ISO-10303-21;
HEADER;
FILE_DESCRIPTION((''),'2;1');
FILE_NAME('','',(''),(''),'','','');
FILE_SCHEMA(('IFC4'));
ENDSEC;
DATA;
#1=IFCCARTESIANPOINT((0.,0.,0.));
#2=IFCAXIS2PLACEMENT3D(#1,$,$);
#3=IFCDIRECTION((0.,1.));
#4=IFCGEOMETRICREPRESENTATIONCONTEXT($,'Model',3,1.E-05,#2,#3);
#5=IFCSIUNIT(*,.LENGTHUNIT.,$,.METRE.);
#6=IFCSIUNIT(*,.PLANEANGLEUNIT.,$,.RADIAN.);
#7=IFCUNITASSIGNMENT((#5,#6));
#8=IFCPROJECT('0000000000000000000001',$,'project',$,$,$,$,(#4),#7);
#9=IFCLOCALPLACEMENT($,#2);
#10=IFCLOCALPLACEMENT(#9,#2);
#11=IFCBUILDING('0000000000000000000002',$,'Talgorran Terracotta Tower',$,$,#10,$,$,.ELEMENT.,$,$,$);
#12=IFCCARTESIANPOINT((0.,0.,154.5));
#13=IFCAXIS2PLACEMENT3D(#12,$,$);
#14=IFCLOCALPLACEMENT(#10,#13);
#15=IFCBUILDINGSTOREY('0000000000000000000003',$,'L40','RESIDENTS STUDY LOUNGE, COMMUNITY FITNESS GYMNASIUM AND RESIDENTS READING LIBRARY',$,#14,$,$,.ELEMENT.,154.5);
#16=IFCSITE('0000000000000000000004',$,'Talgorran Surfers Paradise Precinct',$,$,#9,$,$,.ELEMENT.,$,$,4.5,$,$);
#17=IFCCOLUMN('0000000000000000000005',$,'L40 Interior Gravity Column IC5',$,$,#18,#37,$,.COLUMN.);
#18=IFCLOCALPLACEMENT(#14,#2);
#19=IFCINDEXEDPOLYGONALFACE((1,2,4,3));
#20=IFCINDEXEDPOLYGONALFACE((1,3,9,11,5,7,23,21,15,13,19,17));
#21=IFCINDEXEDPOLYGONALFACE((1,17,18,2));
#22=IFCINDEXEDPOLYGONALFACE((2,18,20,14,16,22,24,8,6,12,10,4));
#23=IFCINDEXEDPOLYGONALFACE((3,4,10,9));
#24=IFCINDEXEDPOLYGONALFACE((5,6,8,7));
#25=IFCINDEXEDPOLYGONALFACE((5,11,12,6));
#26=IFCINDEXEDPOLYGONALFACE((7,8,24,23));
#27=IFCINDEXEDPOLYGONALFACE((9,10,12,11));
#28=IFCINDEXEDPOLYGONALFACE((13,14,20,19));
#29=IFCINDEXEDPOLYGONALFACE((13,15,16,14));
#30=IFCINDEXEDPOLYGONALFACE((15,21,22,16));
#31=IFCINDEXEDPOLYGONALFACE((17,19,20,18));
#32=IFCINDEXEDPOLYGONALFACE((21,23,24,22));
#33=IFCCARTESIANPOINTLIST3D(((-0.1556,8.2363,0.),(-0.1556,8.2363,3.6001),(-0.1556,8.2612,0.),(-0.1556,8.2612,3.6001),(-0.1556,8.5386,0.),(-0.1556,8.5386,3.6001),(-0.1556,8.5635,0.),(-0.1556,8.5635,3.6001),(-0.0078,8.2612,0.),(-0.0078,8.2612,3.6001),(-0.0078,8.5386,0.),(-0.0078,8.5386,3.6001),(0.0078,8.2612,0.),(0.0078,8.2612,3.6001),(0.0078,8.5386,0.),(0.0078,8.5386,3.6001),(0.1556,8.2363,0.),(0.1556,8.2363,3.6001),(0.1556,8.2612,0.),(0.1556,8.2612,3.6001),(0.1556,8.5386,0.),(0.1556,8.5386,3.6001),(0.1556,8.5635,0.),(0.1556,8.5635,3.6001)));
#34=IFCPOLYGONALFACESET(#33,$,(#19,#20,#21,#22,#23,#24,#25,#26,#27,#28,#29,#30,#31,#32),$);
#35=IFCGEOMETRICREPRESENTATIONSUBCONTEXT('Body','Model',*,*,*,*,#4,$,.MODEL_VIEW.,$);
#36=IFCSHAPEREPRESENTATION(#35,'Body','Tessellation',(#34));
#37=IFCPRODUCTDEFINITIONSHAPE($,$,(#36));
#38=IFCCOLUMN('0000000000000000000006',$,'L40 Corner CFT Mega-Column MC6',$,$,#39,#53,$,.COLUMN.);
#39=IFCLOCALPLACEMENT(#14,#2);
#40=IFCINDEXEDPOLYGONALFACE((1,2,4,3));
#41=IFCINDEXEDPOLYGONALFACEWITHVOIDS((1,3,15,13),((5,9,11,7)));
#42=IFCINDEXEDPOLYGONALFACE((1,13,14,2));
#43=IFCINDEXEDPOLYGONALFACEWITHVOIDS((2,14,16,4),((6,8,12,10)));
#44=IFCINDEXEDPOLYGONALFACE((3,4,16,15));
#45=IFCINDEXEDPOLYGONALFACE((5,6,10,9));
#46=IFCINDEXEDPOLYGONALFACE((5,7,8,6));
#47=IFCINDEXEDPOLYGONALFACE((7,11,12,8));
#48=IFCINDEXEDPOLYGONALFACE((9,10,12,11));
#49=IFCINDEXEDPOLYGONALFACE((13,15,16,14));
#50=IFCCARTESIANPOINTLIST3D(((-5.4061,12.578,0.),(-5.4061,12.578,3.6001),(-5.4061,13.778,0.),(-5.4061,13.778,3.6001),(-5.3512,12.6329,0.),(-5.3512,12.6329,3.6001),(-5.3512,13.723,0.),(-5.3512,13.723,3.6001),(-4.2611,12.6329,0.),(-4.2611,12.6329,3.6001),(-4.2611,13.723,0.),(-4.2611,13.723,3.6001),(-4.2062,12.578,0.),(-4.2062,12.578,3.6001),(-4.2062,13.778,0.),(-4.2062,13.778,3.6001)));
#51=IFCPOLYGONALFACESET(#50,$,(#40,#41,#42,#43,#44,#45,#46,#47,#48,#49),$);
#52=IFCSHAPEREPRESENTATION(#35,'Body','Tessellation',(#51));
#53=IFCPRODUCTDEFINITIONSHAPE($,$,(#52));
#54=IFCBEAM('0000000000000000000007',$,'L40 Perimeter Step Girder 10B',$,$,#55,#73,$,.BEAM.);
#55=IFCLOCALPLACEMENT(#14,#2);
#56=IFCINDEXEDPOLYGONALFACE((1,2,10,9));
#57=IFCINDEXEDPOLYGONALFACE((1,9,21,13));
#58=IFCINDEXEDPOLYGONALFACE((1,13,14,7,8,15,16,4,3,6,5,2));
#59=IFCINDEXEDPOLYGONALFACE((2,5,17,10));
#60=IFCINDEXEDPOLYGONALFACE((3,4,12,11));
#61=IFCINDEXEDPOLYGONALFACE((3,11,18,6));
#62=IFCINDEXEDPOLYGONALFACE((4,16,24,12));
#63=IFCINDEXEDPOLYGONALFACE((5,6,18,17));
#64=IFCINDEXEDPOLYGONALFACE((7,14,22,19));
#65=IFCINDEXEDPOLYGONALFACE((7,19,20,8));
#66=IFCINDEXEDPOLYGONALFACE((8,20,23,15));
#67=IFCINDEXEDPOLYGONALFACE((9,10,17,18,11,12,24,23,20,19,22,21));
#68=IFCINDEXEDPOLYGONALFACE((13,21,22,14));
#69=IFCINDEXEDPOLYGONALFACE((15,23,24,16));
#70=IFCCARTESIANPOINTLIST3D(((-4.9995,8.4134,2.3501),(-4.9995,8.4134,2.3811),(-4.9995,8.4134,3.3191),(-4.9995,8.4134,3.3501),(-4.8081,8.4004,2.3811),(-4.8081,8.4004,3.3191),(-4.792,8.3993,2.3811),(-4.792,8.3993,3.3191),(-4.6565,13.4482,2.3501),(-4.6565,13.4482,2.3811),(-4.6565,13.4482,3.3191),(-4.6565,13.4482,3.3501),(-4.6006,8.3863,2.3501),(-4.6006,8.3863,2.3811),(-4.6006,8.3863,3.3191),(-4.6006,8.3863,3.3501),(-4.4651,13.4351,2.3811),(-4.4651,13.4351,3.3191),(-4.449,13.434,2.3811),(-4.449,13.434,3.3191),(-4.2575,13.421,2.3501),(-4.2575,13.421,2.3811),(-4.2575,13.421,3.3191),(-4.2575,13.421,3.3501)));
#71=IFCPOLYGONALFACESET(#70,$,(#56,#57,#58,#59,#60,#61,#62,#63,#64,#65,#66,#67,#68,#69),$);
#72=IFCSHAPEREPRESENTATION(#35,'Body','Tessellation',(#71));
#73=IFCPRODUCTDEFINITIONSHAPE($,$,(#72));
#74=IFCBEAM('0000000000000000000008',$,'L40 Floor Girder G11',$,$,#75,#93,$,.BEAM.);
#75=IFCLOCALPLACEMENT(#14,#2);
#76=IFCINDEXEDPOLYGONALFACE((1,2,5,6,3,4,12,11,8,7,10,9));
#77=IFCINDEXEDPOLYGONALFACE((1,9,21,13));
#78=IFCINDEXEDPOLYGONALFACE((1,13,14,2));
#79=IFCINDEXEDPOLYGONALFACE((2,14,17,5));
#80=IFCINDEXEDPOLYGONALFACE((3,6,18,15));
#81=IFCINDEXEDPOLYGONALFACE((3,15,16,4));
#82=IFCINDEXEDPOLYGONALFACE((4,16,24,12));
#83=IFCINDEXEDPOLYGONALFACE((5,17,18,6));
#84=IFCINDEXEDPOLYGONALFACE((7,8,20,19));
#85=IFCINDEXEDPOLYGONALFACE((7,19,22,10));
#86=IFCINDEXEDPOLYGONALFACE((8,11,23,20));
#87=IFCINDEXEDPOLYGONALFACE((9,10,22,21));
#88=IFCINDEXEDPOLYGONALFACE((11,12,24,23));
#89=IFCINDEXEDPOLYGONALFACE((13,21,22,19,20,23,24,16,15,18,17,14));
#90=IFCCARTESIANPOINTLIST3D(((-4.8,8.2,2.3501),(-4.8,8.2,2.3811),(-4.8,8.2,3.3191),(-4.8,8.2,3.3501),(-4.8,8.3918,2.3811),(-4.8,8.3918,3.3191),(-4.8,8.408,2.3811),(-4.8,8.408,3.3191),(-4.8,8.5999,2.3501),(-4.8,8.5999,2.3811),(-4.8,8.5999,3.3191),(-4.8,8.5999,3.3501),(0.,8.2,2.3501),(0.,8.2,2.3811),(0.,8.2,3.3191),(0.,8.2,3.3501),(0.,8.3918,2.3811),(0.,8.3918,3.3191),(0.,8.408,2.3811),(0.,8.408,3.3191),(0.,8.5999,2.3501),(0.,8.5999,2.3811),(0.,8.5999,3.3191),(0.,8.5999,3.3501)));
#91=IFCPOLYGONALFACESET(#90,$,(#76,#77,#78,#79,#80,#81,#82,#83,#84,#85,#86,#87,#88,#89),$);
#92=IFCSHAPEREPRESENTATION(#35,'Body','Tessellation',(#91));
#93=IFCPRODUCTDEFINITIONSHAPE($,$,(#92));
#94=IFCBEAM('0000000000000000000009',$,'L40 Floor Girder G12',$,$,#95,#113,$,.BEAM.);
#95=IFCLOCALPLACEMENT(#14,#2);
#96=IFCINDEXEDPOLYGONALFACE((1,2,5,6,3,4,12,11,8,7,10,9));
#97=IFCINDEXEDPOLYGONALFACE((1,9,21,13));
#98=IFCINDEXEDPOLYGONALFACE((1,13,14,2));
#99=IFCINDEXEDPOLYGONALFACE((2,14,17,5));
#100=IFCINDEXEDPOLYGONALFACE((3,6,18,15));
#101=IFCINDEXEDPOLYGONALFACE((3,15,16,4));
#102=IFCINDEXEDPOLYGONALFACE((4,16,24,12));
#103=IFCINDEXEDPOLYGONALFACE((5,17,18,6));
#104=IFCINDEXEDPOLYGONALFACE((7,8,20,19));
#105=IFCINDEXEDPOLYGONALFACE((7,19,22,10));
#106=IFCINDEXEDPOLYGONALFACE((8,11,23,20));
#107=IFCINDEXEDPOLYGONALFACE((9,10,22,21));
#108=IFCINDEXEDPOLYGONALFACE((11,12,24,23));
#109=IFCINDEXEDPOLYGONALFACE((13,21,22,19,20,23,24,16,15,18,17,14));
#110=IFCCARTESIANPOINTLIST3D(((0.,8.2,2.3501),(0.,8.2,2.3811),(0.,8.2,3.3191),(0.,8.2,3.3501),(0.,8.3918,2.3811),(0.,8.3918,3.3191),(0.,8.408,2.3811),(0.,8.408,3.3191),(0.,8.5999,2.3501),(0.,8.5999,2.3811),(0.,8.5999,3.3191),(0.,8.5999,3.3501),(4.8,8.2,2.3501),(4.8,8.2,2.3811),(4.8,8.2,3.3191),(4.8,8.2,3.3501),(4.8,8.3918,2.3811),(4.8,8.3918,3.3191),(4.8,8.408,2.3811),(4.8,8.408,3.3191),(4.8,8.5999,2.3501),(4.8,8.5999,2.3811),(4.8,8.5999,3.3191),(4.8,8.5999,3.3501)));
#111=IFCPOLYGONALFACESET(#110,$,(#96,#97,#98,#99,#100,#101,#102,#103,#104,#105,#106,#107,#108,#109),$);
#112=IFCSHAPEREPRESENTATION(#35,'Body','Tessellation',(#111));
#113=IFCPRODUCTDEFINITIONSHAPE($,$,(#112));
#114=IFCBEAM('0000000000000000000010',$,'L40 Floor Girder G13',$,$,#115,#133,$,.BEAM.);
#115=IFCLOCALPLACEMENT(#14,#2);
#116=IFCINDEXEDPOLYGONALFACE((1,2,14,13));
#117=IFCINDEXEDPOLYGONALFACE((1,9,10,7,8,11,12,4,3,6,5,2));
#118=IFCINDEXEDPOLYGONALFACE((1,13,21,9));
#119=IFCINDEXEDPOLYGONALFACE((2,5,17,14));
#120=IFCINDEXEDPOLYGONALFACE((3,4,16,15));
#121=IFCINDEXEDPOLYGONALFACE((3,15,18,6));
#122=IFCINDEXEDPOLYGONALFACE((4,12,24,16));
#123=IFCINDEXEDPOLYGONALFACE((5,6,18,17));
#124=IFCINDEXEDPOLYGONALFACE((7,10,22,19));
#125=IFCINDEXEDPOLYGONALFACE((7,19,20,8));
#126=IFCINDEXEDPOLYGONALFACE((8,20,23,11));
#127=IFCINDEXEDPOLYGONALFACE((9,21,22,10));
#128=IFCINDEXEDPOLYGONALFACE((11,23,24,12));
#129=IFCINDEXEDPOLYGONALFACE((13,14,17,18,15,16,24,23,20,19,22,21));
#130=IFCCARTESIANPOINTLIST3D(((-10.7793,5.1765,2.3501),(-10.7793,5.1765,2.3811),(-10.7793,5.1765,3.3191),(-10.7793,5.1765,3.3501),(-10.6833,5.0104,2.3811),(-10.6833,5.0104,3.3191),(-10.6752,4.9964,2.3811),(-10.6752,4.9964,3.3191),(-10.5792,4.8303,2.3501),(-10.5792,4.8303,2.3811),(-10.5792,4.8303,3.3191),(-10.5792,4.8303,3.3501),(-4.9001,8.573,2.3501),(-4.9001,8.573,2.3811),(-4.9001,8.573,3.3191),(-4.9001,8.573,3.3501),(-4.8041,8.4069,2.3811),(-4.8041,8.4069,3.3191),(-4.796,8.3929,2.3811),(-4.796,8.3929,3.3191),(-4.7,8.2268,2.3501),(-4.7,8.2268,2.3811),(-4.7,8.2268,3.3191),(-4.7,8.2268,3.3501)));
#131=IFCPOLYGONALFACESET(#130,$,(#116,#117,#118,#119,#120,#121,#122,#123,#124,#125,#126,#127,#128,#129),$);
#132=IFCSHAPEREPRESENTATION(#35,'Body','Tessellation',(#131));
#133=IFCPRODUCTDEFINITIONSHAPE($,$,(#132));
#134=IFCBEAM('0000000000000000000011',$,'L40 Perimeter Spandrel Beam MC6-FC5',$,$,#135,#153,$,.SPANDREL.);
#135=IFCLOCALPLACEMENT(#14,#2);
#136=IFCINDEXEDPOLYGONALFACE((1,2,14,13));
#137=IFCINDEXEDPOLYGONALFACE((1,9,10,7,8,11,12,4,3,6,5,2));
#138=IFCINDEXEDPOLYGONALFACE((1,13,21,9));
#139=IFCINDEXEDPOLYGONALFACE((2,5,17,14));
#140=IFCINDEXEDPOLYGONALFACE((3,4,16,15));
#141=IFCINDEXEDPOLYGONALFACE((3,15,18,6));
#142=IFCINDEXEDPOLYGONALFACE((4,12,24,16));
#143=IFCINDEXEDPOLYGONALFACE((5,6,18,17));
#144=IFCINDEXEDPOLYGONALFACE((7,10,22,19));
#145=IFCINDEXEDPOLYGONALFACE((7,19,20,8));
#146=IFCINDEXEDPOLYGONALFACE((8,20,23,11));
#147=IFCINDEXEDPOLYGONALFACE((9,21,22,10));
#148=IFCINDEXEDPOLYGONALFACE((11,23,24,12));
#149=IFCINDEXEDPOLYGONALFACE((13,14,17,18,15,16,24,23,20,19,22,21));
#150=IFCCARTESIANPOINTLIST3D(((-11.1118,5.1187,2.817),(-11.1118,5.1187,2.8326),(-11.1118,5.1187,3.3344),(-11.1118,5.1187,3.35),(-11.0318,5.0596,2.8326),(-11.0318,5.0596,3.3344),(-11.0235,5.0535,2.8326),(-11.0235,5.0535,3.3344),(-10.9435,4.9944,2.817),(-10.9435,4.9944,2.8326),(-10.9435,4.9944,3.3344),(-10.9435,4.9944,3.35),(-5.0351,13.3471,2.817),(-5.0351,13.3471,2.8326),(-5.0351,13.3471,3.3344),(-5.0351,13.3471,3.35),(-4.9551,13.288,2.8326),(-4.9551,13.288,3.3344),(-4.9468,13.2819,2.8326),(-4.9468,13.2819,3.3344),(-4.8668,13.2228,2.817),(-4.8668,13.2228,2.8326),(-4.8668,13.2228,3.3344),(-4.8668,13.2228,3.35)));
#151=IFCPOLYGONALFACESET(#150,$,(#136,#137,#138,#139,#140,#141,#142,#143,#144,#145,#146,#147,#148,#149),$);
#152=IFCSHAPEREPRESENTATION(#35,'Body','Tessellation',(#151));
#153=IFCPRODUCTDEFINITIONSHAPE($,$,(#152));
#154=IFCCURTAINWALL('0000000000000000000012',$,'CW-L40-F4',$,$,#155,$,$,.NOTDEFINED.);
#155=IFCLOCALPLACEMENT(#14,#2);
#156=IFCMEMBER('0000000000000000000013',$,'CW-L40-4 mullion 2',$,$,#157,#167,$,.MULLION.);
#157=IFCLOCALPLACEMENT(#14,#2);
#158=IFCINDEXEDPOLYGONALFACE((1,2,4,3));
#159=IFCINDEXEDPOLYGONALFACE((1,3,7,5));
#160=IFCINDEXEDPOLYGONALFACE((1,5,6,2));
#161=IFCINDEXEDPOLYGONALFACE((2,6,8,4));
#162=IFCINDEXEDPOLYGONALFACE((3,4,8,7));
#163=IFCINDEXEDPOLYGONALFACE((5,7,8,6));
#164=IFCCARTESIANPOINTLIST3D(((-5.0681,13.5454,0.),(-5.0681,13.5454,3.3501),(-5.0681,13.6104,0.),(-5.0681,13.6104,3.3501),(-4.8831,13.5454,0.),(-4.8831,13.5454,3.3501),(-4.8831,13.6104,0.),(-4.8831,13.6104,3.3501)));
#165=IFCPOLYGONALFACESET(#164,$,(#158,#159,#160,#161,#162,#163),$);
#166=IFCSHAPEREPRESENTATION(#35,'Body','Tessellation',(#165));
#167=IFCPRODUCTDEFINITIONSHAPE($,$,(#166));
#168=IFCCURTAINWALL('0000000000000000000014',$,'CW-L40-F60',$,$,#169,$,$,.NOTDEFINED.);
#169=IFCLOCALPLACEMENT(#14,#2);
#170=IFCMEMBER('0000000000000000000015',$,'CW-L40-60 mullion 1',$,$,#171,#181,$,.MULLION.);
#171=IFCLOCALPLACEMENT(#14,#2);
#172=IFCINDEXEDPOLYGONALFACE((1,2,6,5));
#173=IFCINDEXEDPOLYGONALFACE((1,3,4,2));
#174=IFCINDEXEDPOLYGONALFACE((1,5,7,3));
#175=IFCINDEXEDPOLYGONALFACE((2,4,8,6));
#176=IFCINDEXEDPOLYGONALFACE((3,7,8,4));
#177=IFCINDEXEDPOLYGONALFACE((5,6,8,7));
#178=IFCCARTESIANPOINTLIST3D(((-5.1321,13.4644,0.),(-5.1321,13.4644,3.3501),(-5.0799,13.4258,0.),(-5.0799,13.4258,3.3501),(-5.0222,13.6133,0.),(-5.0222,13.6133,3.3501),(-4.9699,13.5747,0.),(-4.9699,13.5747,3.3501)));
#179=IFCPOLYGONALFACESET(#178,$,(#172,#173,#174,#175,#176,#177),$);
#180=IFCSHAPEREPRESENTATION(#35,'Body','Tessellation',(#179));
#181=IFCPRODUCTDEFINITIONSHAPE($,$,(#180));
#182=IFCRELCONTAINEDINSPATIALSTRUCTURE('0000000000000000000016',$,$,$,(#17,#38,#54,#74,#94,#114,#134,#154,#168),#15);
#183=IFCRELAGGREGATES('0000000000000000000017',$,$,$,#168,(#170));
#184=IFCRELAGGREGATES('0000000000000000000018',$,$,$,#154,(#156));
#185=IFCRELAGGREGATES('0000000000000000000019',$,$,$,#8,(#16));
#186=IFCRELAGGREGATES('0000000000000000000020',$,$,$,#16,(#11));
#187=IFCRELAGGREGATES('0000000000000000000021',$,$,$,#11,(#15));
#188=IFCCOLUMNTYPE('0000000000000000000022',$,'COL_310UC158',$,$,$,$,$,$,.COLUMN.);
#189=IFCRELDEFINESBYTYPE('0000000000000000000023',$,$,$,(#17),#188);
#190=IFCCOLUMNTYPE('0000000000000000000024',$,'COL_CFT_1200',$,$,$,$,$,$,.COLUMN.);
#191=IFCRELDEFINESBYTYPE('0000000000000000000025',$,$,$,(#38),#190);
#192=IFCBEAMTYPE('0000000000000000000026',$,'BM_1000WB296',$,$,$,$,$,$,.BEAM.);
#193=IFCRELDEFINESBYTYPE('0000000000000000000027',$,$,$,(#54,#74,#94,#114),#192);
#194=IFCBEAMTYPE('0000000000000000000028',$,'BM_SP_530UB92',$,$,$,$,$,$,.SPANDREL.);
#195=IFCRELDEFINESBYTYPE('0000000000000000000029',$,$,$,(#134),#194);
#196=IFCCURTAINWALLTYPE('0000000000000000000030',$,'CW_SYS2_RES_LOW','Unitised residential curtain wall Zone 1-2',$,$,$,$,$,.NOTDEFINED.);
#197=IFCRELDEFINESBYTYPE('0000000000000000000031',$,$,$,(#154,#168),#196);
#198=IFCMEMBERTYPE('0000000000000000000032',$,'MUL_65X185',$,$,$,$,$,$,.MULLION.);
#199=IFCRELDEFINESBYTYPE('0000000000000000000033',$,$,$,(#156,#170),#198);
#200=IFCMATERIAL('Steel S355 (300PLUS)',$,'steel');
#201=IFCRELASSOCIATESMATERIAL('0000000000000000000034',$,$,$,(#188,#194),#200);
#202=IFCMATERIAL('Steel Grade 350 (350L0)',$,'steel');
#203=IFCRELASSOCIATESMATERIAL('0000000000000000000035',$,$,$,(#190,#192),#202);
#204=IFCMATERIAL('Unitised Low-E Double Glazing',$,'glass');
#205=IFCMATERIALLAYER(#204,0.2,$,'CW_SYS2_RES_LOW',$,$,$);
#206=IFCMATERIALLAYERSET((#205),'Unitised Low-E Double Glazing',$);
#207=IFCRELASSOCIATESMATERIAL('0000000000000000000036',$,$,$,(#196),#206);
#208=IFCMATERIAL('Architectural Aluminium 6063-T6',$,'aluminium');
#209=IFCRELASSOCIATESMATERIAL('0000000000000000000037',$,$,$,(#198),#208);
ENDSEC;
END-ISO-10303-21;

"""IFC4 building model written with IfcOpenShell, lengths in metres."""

from ifc_helpers import new_model, si_unit, direction, frame, origin, origin_2d, place, context, subcontext, project, spatial, rectangle, hollow_rectangle, i_section, extrude, material, layer, layer_set, material_profile, profile_set, type_object, element, aggregate, save


model = new_model("IFC4")

# Units and contexts
model_context = context("Model", 3, precision=1e-05, world=origin(), true_north=direction((0.0, 1.0)))
body_context = subcontext(model_context, "Body", "Model", "MODEL_VIEW")
ifc_project = project(units=[si_unit("LENGTHUNIT", "METRE"), si_unit("PLANEANGLEUNIT", "RADIAN")], contexts=[model_context])

# Site, building, storey
site_placement = place(None, origin())
site = spatial("IfcSite", under=ifc_project, at=site_placement, Name="Talgorran Surfers Paradise Precinct", CompositionType="ELEMENT", RefElevation=4.5)
building_placement = place(site_placement, origin())
building = spatial("IfcBuilding", under=site, at=building_placement, Name="Talgorran Terracotta Tower", CompositionType="ELEMENT")
storey_placement = place(building_placement, frame((0.0, 0.0, 154.5)))
storey = spatial("IfcBuildingStorey", under=building, at=storey_placement, Name="L40", Description="RESIDENTS STUDY LOUNGE, COMMUNITY FITNESS GYMNASIUM AND RESIDENTS READING LIBRARY", CompositionType="ELEMENT", Elevation=154.5)

# Columns
ifc_material_1 = material(Name="Steel S355 (300PLUS)", Category="steel")
ifc_material_profile_1 = material_profile(ifc_material_1, i_section(OverallWidth=0.3113, OverallDepth=0.3271, WebThickness=0.0156, FlangeThickness=0.0249, at=origin_2d()), Name="310UC158")
ifc_profile_set_1 = profile_set([ifc_material_profile_1], Name="Steel S355 (300PLUS)")
column_type_1 = type_object("IfcColumnType", Name="COL_310UC158", PredefinedType="COLUMN", material=ifc_profile_set_1)
column_1_placement = place(storey_placement, frame((0.0, 8.3999, 0.0), z_axis=(0.0, 0.0, 1.0), x_axis=(1.0, 0.0, 0.0)))
element("IfcColumn", 1, at=column_1_placement, inside=storey, type_object=column_type_1, Name="L40 Interior Gravity Column IC5", PredefinedType="COLUMN", context=body_context, shape_type="SweptSolid", body=[
    extrude(i_section(OverallWidth=0.3113, OverallDepth=0.3271, WebThickness=0.0156, FlangeThickness=0.0249, at=origin_2d()), origin(), (0.0, 0.0, 1.0), 3.6001),
])
ifc_material_2 = material(Name="Steel Grade 350 (350L0)", Category="steel")
ifc_material_profile_2 = material_profile(ifc_material_2, hollow_rectangle(XDim=1.2, YDim=1.2, WallThickness=0.0549, at=origin_2d()), Name="CFT1200X1200X55")
ifc_profile_set_2 = profile_set([ifc_material_profile_2], Name="Steel Grade 350 (350L0)")
column_type_2 = type_object("IfcColumnType", Name="COL_CFT_1200", PredefinedType="COLUMN", material=ifc_profile_set_2)
column_2_placement = place(storey_placement, frame((-4.8062, 13.178, 0.0), z_axis=(0.0, 0.0, 1.0), x_axis=(1.0, 0.0, 0.0)))
element("IfcColumn", 2, at=column_2_placement, inside=storey, type_object=column_type_2, Name="L40 Corner CFT Mega-Column MC6", PredefinedType="COLUMN", context=body_context, shape_type="SweptSolid", body=[
    extrude(hollow_rectangle(XDim=1.2, YDim=1.2, WallThickness=0.0549, at=origin_2d()), origin(), (0.0, 0.0, 1.0), 3.6001),
])

# Beams
ifc_material_profile_3 = material_profile(ifc_material_2, i_section(OverallWidth=0.3999, OverallDepth=1.0, WebThickness=0.0161, FlangeThickness=0.031, at=origin_2d()), Name="1000WB296")
ifc_profile_set_3 = profile_set([ifc_material_profile_3], Name="Steel Grade 350 (350L0)")
beam_type_1 = type_object("IfcBeamType", Name="BM_1000WB296", PredefinedType="BEAM", material=ifc_profile_set_3)
beam_1_placement = place(storey_placement, frame((-4.457, 13.4346, 2.8501), z_axis=(-0.067974, -0.997687, 0.0), x_axis=(0.997687, -0.067974, 0.0)))
element("IfcBeam", 3, at=beam_1_placement, inside=storey, type_object=beam_type_1, Name="L40 Perimeter Step Girder 10B", PredefinedType="BEAM", context=body_context, shape_type="SweptSolid", body=[
    extrude(i_section(OverallWidth=0.3999, OverallDepth=1.0, WebThickness=0.0161, FlangeThickness=0.031, at=origin_2d()), origin(), (0.0, 0.0, 1.0), 5.0464),
])
for number, where, z_axis, x_axis, name in (
    (4, (-4.8, 8.3999, 2.8501), (1.0, 0.0, 0.0), (0.0, 1.0, 0.0), "L40 Floor Girder G11"),
    (5, (0.0, 8.3999, 2.8501), (1.0, 0.0, 0.0), (0.0, 1.0, 0.0), "L40 Floor Girder G12"),
):
    element("IfcBeam", number, at=place(storey_placement, frame(where, z_axis=z_axis, x_axis=x_axis)), inside=storey, type_object=beam_type_1, Name=name, PredefinedType="BEAM", context=body_context, shape_type="SweptSolid", body=[
        extrude(i_section(OverallWidth=0.3999, OverallDepth=1.0, WebThickness=0.0161, FlangeThickness=0.031, at=origin_2d()), origin(), (0.0, 0.0, 1.0), 4.8),
    ])
beam_2_placement = place(storey_placement, frame((-4.8, 8.3999, 2.8501), z_axis=(-0.865888, -0.500238, 0.0), x_axis=(0.500238, -0.865888, 0.0)))
element("IfcBeam", 6, at=beam_2_placement, inside=storey, type_object=beam_type_1, Name="L40 Floor Girder G13", PredefinedType="BEAM", context=body_context, shape_type="SweptSolid", body=[
    extrude(i_section(OverallWidth=0.3999, OverallDepth=1.0, WebThickness=0.0161, FlangeThickness=0.031, at=origin_2d()), origin(), (0.0, 0.0, 1.0), 6.7898),
])
ifc_material_profile_4 = material_profile(ifc_material_1, i_section(OverallWidth=0.2092, OverallDepth=0.533, WebThickness=0.0103, FlangeThickness=0.0156, at=origin_2d()), Name="530UB92.4")
ifc_profile_set_4 = profile_set([ifc_material_profile_4], Name="Steel S355 (300PLUS)")
beam_type_2 = type_object("IfcBeamType", Name="BM_SP_530UB92", PredefinedType="SPANDREL", material=ifc_profile_set_4)
beam_3_placement = place(storey_placement, frame((-4.9509, 13.2849, 3.0835), z_axis=(-0.594068, -0.804415, 0.0), x_axis=(0.804415, -0.594068, 0.0)))
element("IfcBeam", 7, at=beam_3_placement, inside=storey, type_object=beam_type_2, Name="L40 Perimeter Spandrel Beam MC6-FC5", PredefinedType="SPANDREL", context=body_context, shape_type="SweptSolid", body=[
    extrude(i_section(OverallWidth=0.2092, OverallDepth=0.533, WebThickness=0.0103, FlangeThickness=0.0156, at=origin_2d()), origin(), (0.0, 0.0, 1.0), 10.229),
])

# Curtain wall, member
ifc_material_3 = material(Name="Unitised Low-E Double Glazing", Category="glass")
ifc_layer_1 = layer(ifc_material_3, 0.2, Name="CW_SYS2_RES_LOW")
ifc_layer_set_1 = layer_set([ifc_layer_1], Name="Unitised Low-E Double Glazing")
curtain_wall_type = type_object("IfcCurtainWallType", Name="CW_SYS2_RES_LOW", Description="Unitised residential curtain wall Zone 1-2", PredefinedType="NOTDEFINED", material=ifc_layer_set_1)
curtain_wall_1_placement = place(storey_placement, origin())
curtain_wall_1 = element("IfcCurtainWall", 8, at=curtain_wall_1_placement, inside=storey, type_object=curtain_wall_type, Name="CW-L40-F4", PredefinedType="NOTDEFINED")
ifc_material_4 = material(Name="Architectural Aluminium 6063-T6", Category="aluminium")
ifc_material_profile_5 = material_profile(ifc_material_4, rectangle(XDim=0.0649, YDim=0.1851, at=origin_2d()), Name="CWM65X185")
ifc_profile_set_5 = profile_set([ifc_material_profile_5], Name="Architectural Aluminium 6063-T6")
member_type_1 = type_object("IfcMemberType", Name="MUL_65X185", PredefinedType="MULLION", material=ifc_profile_set_5)
member_1_placement = place(storey_placement, frame((-4.9756, 13.5779, 0.0), z_axis=(0.0, 0.0, 1.0), x_axis=(0.0, -1.0, 0.0)))
member_1 = element("IfcMember", 9, at=member_1_placement, type_object=member_type_1, Name="CW-L40-4 mullion 2", PredefinedType="MULLION", context=body_context, shape_type="SweptSolid", body=[
    extrude(rectangle(XDim=0.0649, YDim=0.1851, at=origin_2d()), origin(), (0.0, 0.0, 1.0), 3.3501),
])

# Curtain wall, member
curtain_wall_2_placement = place(storey_placement, origin())
curtain_wall_2 = element("IfcCurtainWall", 10, at=curtain_wall_2_placement, inside=storey, type_object=curtain_wall_type, Name="CW-L40-F60", PredefinedType="NOTDEFINED")
member_2_placement = place(storey_placement, frame((-5.051, 13.5195, 0.0), z_axis=(0.0, 0.0, 1.0), x_axis=(0.804412, -0.594072, 0.0)))
member_2 = element("IfcMember", 11, at=member_2_placement, type_object=member_type_1, Name="CW-L40-60 mullion 1", PredefinedType="MULLION", context=body_context, shape_type="SweptSolid", body=[
    extrude(rectangle(XDim=0.0649, YDim=0.1851, at=origin_2d()), origin(), (0.0, 0.0, 1.0), 3.3501),
])
aggregate(curtain_wall_2, [member_2])

aggregate(curtain_wall_1, [member_1])

save(model, "model.ifc")
